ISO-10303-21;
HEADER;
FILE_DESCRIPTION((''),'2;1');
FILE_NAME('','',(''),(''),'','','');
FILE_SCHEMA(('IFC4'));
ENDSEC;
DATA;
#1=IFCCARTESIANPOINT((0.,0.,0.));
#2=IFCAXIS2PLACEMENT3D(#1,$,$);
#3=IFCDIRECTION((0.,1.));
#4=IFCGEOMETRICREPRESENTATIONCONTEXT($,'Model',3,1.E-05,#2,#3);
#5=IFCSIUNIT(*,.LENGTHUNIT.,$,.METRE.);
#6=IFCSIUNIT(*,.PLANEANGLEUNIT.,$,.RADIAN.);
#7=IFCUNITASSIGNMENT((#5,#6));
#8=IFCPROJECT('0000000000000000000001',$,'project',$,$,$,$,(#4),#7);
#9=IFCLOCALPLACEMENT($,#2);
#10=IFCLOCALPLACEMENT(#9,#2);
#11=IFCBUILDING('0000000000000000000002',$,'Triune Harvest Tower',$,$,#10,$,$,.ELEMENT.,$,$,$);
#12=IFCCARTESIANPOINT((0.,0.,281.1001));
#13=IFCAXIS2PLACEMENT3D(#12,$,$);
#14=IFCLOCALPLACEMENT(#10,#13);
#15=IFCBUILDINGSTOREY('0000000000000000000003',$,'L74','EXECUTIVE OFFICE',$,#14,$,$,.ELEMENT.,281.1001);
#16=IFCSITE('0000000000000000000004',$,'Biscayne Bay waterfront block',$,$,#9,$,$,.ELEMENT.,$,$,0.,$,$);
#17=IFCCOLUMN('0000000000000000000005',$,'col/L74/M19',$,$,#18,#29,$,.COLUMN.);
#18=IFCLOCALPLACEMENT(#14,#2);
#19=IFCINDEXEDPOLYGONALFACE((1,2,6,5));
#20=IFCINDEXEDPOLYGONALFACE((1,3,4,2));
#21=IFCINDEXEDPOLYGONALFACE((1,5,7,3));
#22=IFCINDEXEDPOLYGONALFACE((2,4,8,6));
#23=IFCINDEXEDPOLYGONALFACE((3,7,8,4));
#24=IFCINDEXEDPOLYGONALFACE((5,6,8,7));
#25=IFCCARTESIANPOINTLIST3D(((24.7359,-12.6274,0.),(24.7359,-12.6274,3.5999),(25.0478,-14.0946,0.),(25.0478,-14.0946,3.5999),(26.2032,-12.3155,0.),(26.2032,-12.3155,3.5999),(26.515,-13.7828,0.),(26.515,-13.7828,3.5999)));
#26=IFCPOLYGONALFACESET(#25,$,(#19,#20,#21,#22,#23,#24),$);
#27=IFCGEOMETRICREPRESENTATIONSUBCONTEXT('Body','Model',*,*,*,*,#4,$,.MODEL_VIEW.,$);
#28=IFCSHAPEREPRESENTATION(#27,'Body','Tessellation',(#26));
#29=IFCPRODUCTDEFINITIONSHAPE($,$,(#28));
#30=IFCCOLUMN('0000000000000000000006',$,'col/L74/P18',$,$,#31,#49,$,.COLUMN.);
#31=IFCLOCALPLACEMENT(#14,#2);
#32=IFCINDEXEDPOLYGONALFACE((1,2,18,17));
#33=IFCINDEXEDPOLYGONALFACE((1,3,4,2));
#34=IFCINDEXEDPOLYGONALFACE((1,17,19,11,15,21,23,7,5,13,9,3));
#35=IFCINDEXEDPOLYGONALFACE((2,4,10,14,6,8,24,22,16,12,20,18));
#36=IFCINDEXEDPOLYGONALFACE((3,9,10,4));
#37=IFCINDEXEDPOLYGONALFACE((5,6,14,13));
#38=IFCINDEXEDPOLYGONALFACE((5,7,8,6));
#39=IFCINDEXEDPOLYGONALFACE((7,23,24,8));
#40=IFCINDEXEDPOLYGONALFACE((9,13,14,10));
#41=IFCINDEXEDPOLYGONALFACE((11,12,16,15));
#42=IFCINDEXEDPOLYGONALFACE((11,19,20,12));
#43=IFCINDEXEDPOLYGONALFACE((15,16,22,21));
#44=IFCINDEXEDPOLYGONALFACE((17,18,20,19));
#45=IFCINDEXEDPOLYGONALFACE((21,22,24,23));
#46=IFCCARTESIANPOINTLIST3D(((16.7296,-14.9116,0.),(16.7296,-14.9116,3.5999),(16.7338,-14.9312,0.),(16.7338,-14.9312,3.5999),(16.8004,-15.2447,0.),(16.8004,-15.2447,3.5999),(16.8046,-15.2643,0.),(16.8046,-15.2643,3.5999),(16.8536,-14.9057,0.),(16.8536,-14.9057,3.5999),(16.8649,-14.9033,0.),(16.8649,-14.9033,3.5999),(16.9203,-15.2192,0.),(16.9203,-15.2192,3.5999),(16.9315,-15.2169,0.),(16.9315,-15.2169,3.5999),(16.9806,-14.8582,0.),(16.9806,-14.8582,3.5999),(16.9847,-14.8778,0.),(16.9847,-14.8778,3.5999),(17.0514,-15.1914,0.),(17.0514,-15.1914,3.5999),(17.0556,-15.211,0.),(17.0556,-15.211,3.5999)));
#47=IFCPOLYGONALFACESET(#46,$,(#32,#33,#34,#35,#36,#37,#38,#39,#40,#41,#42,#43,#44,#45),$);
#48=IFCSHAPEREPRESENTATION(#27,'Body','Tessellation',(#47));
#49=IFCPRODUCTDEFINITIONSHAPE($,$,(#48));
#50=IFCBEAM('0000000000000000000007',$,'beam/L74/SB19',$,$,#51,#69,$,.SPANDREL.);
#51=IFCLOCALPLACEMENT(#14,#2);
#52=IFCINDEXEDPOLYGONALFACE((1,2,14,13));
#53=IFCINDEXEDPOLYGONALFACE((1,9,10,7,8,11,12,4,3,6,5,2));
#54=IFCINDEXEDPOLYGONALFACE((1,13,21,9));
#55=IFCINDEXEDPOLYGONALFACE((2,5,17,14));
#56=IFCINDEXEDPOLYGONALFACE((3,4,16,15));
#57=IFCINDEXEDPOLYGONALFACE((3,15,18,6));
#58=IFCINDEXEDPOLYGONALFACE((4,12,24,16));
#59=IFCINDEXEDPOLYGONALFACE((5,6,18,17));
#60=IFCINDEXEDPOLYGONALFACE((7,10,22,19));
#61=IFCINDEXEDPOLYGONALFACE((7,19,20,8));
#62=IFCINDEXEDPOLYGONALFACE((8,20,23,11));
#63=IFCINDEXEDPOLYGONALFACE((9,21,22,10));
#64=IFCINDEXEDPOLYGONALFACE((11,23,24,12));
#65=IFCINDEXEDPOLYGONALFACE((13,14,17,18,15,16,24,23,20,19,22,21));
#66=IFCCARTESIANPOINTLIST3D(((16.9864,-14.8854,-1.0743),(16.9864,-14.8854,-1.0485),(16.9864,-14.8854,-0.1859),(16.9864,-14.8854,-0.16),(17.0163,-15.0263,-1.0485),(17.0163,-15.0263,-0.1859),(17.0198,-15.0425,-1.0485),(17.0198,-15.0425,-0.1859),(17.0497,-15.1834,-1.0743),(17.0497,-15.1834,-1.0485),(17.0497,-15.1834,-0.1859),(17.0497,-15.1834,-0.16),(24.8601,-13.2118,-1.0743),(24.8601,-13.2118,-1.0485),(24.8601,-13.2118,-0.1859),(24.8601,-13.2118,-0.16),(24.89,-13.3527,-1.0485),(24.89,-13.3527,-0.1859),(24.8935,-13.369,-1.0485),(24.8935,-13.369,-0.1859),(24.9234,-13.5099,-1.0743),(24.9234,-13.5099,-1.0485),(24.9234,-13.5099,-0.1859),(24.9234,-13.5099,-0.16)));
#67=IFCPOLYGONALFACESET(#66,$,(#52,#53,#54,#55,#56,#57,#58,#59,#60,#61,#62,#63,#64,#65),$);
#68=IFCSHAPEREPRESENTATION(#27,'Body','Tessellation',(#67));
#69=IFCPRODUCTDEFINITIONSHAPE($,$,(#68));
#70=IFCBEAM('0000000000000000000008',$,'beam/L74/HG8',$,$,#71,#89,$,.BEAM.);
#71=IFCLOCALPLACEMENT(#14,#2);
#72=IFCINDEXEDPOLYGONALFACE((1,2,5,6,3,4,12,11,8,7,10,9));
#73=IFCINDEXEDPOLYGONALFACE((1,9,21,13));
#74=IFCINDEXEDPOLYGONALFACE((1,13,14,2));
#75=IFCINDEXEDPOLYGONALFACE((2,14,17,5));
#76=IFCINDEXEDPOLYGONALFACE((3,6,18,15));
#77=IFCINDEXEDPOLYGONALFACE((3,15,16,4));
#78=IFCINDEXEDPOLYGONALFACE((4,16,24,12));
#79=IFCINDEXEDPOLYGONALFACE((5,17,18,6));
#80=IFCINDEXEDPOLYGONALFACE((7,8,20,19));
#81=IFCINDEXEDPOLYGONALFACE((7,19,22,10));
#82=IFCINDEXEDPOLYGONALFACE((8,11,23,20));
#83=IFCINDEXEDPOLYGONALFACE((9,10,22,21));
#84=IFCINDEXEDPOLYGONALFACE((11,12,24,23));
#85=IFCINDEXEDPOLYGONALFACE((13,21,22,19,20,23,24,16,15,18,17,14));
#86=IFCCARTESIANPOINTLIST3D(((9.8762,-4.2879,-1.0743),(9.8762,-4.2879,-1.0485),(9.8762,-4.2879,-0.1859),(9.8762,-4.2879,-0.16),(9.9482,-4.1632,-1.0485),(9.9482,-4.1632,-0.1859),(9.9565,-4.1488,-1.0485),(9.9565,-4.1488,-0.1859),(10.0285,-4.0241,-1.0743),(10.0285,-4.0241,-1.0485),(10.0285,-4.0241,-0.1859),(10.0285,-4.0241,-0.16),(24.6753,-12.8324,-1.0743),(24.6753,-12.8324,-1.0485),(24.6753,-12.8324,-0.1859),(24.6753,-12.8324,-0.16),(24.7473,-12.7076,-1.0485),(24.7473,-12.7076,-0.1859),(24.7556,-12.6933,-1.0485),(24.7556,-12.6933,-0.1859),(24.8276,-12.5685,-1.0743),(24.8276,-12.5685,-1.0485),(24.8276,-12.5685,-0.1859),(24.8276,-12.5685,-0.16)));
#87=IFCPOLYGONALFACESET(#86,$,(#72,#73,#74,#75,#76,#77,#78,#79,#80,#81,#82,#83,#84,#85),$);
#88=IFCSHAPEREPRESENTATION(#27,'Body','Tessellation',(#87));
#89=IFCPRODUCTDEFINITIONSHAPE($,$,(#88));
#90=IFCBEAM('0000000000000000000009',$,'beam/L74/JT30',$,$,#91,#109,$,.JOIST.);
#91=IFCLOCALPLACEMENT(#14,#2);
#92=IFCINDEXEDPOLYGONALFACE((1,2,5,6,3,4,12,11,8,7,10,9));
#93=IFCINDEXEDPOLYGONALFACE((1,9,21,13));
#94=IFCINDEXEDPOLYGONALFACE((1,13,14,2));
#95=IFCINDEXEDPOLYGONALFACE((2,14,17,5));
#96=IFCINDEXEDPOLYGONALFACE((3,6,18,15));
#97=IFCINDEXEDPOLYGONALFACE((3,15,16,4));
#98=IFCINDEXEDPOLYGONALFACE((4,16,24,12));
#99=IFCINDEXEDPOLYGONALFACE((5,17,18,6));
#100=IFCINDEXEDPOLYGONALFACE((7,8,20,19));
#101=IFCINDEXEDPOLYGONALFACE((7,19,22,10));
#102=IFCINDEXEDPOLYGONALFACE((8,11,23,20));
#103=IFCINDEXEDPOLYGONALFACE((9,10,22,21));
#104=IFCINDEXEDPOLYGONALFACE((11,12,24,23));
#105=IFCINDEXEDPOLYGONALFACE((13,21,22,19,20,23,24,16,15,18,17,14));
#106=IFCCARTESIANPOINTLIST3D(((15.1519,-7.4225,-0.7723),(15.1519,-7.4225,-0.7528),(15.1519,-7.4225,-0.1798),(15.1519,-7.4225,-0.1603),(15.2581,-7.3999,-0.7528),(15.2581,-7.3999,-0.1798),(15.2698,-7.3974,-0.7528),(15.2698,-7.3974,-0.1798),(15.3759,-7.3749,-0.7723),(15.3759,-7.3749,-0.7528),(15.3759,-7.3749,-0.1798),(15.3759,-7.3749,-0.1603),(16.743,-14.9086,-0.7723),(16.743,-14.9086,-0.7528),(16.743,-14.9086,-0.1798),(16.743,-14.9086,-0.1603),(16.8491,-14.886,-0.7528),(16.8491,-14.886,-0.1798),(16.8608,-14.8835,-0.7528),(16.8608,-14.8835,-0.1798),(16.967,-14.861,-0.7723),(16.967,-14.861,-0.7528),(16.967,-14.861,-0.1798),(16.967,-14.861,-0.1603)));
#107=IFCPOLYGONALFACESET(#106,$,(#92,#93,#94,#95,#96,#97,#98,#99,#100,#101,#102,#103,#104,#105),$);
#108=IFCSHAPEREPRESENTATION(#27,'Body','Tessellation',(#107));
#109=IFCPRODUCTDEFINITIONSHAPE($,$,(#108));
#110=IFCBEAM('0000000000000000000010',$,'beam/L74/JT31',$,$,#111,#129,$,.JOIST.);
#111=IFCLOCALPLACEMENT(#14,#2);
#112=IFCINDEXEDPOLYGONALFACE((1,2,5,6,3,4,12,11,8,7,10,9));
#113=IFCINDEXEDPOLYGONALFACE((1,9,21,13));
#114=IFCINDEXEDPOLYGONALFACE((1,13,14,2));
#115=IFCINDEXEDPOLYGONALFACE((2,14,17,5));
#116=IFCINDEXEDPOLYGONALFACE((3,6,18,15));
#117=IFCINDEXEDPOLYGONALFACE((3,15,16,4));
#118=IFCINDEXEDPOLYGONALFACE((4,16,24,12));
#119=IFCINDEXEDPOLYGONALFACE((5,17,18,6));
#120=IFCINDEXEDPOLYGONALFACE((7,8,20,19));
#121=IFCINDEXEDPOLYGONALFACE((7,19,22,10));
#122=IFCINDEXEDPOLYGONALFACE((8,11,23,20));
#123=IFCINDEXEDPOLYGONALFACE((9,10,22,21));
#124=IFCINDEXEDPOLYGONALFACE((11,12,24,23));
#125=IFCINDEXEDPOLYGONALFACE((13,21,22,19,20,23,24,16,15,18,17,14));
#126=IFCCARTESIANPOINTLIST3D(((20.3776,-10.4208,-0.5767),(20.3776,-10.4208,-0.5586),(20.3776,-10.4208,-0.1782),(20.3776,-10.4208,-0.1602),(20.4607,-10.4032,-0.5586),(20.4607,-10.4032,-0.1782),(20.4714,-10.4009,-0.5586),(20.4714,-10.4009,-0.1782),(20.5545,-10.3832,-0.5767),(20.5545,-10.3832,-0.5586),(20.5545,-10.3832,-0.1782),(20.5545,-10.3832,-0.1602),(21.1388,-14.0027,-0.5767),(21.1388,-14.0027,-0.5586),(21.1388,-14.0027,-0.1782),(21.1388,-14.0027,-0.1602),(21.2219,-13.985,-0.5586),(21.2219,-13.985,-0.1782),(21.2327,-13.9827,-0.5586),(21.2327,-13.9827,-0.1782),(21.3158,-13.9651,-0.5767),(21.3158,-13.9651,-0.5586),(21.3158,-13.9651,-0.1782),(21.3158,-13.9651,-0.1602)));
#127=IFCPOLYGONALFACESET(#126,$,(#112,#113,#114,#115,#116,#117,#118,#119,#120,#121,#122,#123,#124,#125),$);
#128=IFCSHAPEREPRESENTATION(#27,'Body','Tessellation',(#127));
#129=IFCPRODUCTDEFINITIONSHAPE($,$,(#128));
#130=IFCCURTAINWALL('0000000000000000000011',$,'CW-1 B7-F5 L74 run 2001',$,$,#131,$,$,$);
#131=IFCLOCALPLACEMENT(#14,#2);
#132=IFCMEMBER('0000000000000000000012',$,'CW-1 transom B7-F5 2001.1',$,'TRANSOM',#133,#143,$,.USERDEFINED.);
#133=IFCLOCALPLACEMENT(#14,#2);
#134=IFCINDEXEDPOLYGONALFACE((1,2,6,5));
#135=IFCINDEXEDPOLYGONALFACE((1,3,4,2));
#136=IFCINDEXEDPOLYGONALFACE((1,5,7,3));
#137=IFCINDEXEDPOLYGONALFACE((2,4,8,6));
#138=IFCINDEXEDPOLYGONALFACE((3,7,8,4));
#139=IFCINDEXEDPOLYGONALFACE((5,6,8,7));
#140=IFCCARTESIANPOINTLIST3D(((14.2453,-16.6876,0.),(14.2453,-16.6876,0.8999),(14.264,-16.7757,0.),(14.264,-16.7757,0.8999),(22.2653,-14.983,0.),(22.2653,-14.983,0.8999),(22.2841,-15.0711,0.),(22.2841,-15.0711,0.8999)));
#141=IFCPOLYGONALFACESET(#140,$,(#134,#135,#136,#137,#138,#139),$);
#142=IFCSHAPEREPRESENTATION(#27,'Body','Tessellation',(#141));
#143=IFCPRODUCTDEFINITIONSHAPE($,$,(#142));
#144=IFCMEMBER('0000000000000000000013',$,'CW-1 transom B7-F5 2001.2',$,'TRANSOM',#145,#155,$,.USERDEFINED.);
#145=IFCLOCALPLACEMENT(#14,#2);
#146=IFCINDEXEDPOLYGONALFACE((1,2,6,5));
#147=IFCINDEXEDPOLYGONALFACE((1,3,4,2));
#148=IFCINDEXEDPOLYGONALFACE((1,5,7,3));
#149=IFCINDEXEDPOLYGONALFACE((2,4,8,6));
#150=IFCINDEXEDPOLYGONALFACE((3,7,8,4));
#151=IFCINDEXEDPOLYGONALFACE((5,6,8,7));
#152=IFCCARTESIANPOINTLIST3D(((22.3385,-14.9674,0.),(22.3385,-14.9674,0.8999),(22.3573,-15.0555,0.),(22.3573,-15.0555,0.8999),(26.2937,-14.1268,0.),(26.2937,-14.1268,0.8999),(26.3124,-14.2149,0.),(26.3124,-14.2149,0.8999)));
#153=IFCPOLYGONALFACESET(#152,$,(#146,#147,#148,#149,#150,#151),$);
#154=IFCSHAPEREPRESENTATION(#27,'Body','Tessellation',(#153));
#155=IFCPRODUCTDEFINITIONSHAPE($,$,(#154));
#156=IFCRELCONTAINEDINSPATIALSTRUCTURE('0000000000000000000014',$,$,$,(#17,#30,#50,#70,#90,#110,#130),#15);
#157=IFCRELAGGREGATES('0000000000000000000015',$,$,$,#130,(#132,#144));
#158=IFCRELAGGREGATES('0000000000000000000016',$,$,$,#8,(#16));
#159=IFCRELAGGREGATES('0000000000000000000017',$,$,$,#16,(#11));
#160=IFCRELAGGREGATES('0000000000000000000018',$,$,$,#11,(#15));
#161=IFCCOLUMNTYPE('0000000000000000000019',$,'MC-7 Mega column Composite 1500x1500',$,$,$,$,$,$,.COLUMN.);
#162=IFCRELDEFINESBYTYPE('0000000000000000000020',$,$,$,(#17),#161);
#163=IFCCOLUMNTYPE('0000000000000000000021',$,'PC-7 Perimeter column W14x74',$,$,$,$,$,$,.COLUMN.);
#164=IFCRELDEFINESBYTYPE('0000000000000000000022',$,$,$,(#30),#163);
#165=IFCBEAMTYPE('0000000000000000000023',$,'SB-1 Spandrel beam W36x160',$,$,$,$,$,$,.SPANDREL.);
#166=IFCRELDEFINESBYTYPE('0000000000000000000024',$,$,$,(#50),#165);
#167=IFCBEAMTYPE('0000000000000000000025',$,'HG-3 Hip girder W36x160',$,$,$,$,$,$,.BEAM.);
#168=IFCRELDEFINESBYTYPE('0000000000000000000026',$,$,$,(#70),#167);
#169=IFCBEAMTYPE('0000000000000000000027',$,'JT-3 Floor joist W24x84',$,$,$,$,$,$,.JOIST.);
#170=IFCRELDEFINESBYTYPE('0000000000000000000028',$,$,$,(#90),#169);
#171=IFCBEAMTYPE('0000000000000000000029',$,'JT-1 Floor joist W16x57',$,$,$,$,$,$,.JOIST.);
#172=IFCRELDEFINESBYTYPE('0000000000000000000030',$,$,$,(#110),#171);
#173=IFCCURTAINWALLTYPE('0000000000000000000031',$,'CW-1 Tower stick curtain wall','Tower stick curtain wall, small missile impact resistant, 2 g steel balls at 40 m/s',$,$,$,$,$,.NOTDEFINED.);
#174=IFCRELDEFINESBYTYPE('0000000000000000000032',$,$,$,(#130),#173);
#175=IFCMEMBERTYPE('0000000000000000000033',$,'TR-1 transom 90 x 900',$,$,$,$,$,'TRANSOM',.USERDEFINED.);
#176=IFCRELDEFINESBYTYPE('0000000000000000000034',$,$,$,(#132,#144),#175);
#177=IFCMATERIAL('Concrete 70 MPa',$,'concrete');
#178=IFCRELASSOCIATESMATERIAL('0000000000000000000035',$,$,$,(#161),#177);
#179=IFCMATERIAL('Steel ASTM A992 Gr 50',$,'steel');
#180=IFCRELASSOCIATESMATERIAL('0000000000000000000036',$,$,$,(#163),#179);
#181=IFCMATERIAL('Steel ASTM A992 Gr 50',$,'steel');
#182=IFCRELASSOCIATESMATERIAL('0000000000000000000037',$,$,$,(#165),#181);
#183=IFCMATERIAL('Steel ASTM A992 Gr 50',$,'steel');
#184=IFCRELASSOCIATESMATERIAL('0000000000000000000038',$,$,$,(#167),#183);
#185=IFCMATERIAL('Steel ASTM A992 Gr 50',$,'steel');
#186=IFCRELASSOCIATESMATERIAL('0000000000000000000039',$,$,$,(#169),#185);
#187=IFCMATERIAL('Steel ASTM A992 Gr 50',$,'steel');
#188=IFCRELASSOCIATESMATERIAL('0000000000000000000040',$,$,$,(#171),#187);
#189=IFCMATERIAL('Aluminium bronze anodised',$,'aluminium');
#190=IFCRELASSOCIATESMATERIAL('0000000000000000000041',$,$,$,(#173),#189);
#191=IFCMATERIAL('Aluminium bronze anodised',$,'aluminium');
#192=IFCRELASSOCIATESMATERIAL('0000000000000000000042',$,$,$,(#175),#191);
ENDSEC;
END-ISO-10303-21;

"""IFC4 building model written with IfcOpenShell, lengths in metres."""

from ifc_helpers import new_model, si_unit, direction, frame, origin, origin_2d, place, context, subcontext, project, spatial, rectangle, i_section, extrude, source, transform, mapped, material, material_profile, profile_set, type_object, element, aggregate, save


model = new_model("IFC4")

# Units and contexts
model_context = context("Model", 3, precision=1e-05, world=origin(), true_north=direction((0.0, 1.0)))
body_context = subcontext(model_context, "Body", "Model", "MODEL_VIEW")
ifc_project = project(units=[si_unit("LENGTHUNIT", "METRE"), si_unit("PLANEANGLEUNIT", "RADIAN")], contexts=[model_context])

# Site, building, storey
site_placement = place(None, origin())
site = spatial("IfcSite", under=ifc_project, at=site_placement, Name="Biscayne Bay waterfront block", CompositionType="ELEMENT", RefElevation=0.0)
building_placement = place(site_placement, origin())
building = spatial("IfcBuilding", under=site, at=building_placement, Name="Triune Harvest Tower", CompositionType="ELEMENT")
storey_placement = place(building_placement, frame((0.0, 0.0, 281.1001)))
storey = spatial("IfcBuildingStorey", under=building, at=storey_placement, Name="L74", Description="EXECUTIVE OFFICE", CompositionType="ELEMENT", Elevation=281.1001)

# Columns
ifc_material_1 = material(Name="Concrete 70 MPa", Category="concrete")
ifc_material_profile_1 = material_profile(ifc_material_1, rectangle(XDim=1.5, YDim=1.5, at=origin_2d()), Name="Composite 1500x1500")
ifc_profile_set_1 = profile_set([ifc_material_profile_1], Name="Concrete 70 MPa")
column_type_1 = type_object("IfcColumnType", Name="MC-7 Mega column Composite 1500x1500", PredefinedType="COLUMN", material=ifc_profile_set_1)
shared_shape_1 = source(origin(), body_context, "Body", "SweptSolid", [
    extrude(rectangle(XDim=1.5, YDim=1.5, at=origin_2d()), origin(), (0.0, 0.0, 1.0), 3.5999),
])
column_1_placement = place(storey_placement, frame((25.6255, -13.2051, 0.0), z_axis=(0.0, 0.0, 1.0), x_axis=(0.978147, 0.207913, 0.0)))
element("IfcColumn", 1, at=column_1_placement, inside=storey, type_object=column_type_1, Name="col/L74/M19", PredefinedType="COLUMN", context=body_context, shape_type="MappedRepresentation", body=[
    mapped(shared_shape_1, transform((0.0, 0.0, 0.0), scale=1.0)),
])
ifc_material_2 = material(Name="Steel ASTM A992 Gr 50", Category="steel")
ifc_material_profile_2 = material_profile(ifc_material_2, i_section(OverallWidth=0.2566, OverallDepth=0.3606, WebThickness=0.0115, FlangeThickness=0.02, at=origin_2d()), Name="W14x74")
ifc_profile_set_2 = profile_set([ifc_material_profile_2], Name="Steel ASTM A992 Gr 50")
column_type_2 = type_object("IfcColumnType", Name="PC-7 Perimeter column W14x74", PredefinedType="COLUMN", material=ifc_profile_set_2)
shared_shape_2 = source(origin(), body_context, "Body", "SweptSolid", [
    extrude(i_section(OverallWidth=0.2566, OverallDepth=0.3606, WebThickness=0.0115, FlangeThickness=0.02, at=origin_2d()), origin(), (0.0, 0.0, 1.0), 3.5999),
])
column_2_placement = place(storey_placement, frame((16.8926, -15.0613, 0.0), z_axis=(0.0, 0.0, 1.0), x_axis=(0.978147, 0.207913, 0.0)))
element("IfcColumn", 2, at=column_2_placement, inside=storey, type_object=column_type_2, Name="col/L74/P18", PredefinedType="COLUMN", context=body_context, shape_type="MappedRepresentation", body=[
    mapped(shared_shape_2, transform((0.0, 0.0, 0.0), scale=1.0)),
])

# Beams
ifc_material_3 = material(Name="Steel ASTM A992 Gr 50", Category="steel")
ifc_material_profile_3 = material_profile(ifc_material_3, i_section(OverallWidth=0.3047, OverallDepth=0.9143, WebThickness=0.0166, FlangeThickness=0.0259, at=origin_2d()), Name="W36x160")
ifc_profile_set_3 = profile_set([ifc_material_profile_3], Name="Steel ASTM A992 Gr 50")
beam_type_1 = type_object("IfcBeamType", Name="SB-1 Spandrel beam W36x160", PredefinedType="SPANDREL", material=ifc_profile_set_3)
shared_shape_3 = source(origin(), body_context, "Body", "SweptSolid", [
    extrude(i_section(OverallWidth=0.3047, OverallDepth=0.9143, WebThickness=0.0166, FlangeThickness=0.0259, at=origin_2d()), origin(), (0.0, 0.0, 1.0), 8.0496),
])
beam_1_placement = place(storey_placement, frame((17.0181, -15.0344, -0.6172), z_axis=(0.978149, 0.207907, 0.0), x_axis=(-0.207907, 0.978149, 0.0)))
element("IfcBeam", 3, at=beam_1_placement, inside=storey, type_object=beam_type_1, Name="beam/L74/SB19", PredefinedType="SPANDREL", context=body_context, shape_type="MappedRepresentation", body=[
    mapped(shared_shape_3, transform((0.0, 0.0, 0.0), scale=1.0)),
])
ifc_material_4 = material(Name="Steel ASTM A992 Gr 50", Category="steel")
ifc_material_profile_4 = material_profile(ifc_material_4, i_section(OverallWidth=0.3047, OverallDepth=0.9143, WebThickness=0.0166, FlangeThickness=0.0259, at=origin_2d()), Name="W36x160")
ifc_profile_set_4 = profile_set([ifc_material_profile_4], Name="Steel ASTM A992 Gr 50")
beam_type_2 = type_object("IfcBeamType", Name="HG-3 Hip girder W36x160", PredefinedType="BEAM", material=ifc_profile_set_4)
shared_shape_4 = source(origin(), body_context, "Body", "SweptSolid", [
    extrude(i_section(OverallWidth=0.3047, OverallDepth=0.9143, WebThickness=0.0166, FlangeThickness=0.0259, at=origin_2d()), origin(), (0.0, 0.0, 1.0), 17.0886),
])
beam_2_placement = place(storey_placement, frame((24.7515, -12.7004, -0.6172), z_axis=(-0.866021, 0.500008, 0.0), x_axis=(-0.500008, -0.866021, 0.0)))
element("IfcBeam", 4, at=beam_2_placement, inside=storey, type_object=beam_type_2, Name="beam/L74/HG8", PredefinedType="BEAM", context=body_context, shape_type="MappedRepresentation", body=[
    mapped(shared_shape_4, transform((0.0, 0.0, 0.0), scale=1.0)),
])
ifc_material_5 = material(Name="Steel ASTM A992 Gr 50", Category="steel")
ifc_material_profile_5 = material_profile(ifc_material_5, i_section(OverallWidth=0.229, OverallDepth=0.6121, WebThickness=0.012, FlangeThickness=0.0195, at=origin_2d()), Name="W24x84")
ifc_profile_set_5 = profile_set([ifc_material_profile_5], Name="Steel ASTM A992 Gr 50")
beam_type_3 = type_object("IfcBeamType", Name="JT-3 Floor joist W24x84", PredefinedType="JOIST", material=ifc_profile_set_5)
shared_shape_5 = source(origin(), body_context, "Body", "SweptSolid", [
    extrude(i_section(OverallWidth=0.229, OverallDepth=0.6121, WebThickness=0.012, FlangeThickness=0.0195, at=origin_2d()), origin(), (0.0, 0.0, 1.0), 7.6533),
])
beam_3_placement = place(storey_placement, frame((16.855, -14.8848, -0.4663), z_axis=(-0.207893, 0.978152, 0.0), x_axis=(-0.978152, -0.207893, 0.0)))
element("IfcBeam", 5, at=beam_3_placement, inside=storey, type_object=beam_type_3, Name="beam/L74/JT30", PredefinedType="JOIST", context=body_context, shape_type="MappedRepresentation", body=[
    mapped(shared_shape_5, transform((0.0, 0.0, 0.0), scale=1.0)),
])
ifc_material_6 = material(Name="Steel ASTM A992 Gr 50", Category="steel")
ifc_material_profile_6 = material_profile(ifc_material_6, i_section(OverallWidth=0.1809, OverallDepth=0.4165, WebThickness=0.011, FlangeThickness=0.0181, at=origin_2d()), Name="W16x57")
ifc_profile_set_6 = profile_set([ifc_material_profile_6], Name="Steel ASTM A992 Gr 50")
beam_type_4 = type_object("IfcBeamType", Name="JT-1 Floor joist W16x57", PredefinedType="JOIST", material=ifc_profile_set_6)
shared_shape_6 = source(origin(), body_context, "Body", "SweptSolid", [
    extrude(i_section(OverallWidth=0.1809, OverallDepth=0.4165, WebThickness=0.011, FlangeThickness=0.0181, at=origin_2d()), origin(), (0.0, 0.0, 1.0), 3.6619),
])
beam_4_placement = place(storey_placement, frame((21.2273, -13.9839, -0.3684), z_axis=(-0.207885, 0.978153, 0.0), x_axis=(-0.978153, -0.207885, 0.0)))
element("IfcBeam", 6, at=beam_4_placement, inside=storey, type_object=beam_type_4, Name="beam/L74/JT31", PredefinedType="JOIST", context=body_context, shape_type="MappedRepresentation", body=[
    mapped(shared_shape_6, transform((0.0, 0.0, 0.0), scale=1.0)),
])

# Curtain wall, members
ifc_material_7 = material(Name="Aluminium bronze anodised", Category="aluminium")
curtain_wall_type_1 = type_object("IfcCurtainWallType", Name="CW-1 Tower stick curtain wall", Description="Tower stick curtain wall, small missile impact resistant, 2 g steel balls at 40 m/s", PredefinedType="NOTDEFINED", material=ifc_material_7)
curtain_wall_1_placement = place(storey_placement, origin())
curtain_wall_1 = element("IfcCurtainWall", 7, at=curtain_wall_1_placement, inside=storey, type_object=curtain_wall_type_1, Name="CW-1 B7-F5 L74 run 2001")
ifc_material_8 = material(Name="Aluminium bronze anodised", Category="aluminium")
ifc_material_profile_7 = material_profile(ifc_material_8, rectangle(XDim=0.0901, YDim=0.8999, at=origin_2d()), Name="TR-1 transom 90 x 900")
ifc_profile_set_7 = profile_set([ifc_material_profile_7], Name="Aluminium bronze anodised")
member_type_1 = type_object("IfcMemberType", Name="TR-1 transom 90 x 900", ElementType="TRANSOM", PredefinedType="USERDEFINED", material=ifc_profile_set_7)
shared_shape_7 = source(origin(), body_context, "Body", "SweptSolid", [
    extrude(rectangle(XDim=0.0901, YDim=0.8999, at=origin_2d()), origin(), (0.0, 0.0, 1.0), 8.1992),
])
member_1_placement = place(storey_placement, frame((14.2546, -16.7317, 0.45), z_axis=(0.978151, 0.207898, 0.0), x_axis=(-0.207898, 0.978151, 0.0)))
member_1 = element("IfcMember", 8, at=member_1_placement, type_object=member_type_1, Name="CW-1 transom B7-F5 2001.1", ObjectType="TRANSOM", PredefinedType="USERDEFINED", context=body_context, shape_type="MappedRepresentation", body=[
    mapped(shared_shape_7, transform((0.0, 0.0, 0.0), scale=1.0)),
])
shared_shape_8 = source(origin(), body_context, "Body", "SweptSolid", [
    extrude(rectangle(XDim=0.0901, YDim=0.8999, at=origin_2d()), origin(), (0.0, 0.0, 1.0), 4.0435),
])
member_2_placement = place(storey_placement, frame((22.3479, -15.0115, 0.45), z_axis=(0.978153, 0.207888, 0.0), x_axis=(-0.207888, 0.978153, 0.0)))
member_2 = element("IfcMember", 9, at=member_2_placement, type_object=member_type_1, Name="CW-1 transom B7-F5 2001.2", ObjectType="TRANSOM", PredefinedType="USERDEFINED", context=body_context, shape_type="MappedRepresentation", body=[
    mapped(shared_shape_8, transform((0.0, 0.0, 0.0), scale=1.0)),
])

aggregate(curtain_wall_1, [member_1, member_2])

save(model, "model.ifc")
